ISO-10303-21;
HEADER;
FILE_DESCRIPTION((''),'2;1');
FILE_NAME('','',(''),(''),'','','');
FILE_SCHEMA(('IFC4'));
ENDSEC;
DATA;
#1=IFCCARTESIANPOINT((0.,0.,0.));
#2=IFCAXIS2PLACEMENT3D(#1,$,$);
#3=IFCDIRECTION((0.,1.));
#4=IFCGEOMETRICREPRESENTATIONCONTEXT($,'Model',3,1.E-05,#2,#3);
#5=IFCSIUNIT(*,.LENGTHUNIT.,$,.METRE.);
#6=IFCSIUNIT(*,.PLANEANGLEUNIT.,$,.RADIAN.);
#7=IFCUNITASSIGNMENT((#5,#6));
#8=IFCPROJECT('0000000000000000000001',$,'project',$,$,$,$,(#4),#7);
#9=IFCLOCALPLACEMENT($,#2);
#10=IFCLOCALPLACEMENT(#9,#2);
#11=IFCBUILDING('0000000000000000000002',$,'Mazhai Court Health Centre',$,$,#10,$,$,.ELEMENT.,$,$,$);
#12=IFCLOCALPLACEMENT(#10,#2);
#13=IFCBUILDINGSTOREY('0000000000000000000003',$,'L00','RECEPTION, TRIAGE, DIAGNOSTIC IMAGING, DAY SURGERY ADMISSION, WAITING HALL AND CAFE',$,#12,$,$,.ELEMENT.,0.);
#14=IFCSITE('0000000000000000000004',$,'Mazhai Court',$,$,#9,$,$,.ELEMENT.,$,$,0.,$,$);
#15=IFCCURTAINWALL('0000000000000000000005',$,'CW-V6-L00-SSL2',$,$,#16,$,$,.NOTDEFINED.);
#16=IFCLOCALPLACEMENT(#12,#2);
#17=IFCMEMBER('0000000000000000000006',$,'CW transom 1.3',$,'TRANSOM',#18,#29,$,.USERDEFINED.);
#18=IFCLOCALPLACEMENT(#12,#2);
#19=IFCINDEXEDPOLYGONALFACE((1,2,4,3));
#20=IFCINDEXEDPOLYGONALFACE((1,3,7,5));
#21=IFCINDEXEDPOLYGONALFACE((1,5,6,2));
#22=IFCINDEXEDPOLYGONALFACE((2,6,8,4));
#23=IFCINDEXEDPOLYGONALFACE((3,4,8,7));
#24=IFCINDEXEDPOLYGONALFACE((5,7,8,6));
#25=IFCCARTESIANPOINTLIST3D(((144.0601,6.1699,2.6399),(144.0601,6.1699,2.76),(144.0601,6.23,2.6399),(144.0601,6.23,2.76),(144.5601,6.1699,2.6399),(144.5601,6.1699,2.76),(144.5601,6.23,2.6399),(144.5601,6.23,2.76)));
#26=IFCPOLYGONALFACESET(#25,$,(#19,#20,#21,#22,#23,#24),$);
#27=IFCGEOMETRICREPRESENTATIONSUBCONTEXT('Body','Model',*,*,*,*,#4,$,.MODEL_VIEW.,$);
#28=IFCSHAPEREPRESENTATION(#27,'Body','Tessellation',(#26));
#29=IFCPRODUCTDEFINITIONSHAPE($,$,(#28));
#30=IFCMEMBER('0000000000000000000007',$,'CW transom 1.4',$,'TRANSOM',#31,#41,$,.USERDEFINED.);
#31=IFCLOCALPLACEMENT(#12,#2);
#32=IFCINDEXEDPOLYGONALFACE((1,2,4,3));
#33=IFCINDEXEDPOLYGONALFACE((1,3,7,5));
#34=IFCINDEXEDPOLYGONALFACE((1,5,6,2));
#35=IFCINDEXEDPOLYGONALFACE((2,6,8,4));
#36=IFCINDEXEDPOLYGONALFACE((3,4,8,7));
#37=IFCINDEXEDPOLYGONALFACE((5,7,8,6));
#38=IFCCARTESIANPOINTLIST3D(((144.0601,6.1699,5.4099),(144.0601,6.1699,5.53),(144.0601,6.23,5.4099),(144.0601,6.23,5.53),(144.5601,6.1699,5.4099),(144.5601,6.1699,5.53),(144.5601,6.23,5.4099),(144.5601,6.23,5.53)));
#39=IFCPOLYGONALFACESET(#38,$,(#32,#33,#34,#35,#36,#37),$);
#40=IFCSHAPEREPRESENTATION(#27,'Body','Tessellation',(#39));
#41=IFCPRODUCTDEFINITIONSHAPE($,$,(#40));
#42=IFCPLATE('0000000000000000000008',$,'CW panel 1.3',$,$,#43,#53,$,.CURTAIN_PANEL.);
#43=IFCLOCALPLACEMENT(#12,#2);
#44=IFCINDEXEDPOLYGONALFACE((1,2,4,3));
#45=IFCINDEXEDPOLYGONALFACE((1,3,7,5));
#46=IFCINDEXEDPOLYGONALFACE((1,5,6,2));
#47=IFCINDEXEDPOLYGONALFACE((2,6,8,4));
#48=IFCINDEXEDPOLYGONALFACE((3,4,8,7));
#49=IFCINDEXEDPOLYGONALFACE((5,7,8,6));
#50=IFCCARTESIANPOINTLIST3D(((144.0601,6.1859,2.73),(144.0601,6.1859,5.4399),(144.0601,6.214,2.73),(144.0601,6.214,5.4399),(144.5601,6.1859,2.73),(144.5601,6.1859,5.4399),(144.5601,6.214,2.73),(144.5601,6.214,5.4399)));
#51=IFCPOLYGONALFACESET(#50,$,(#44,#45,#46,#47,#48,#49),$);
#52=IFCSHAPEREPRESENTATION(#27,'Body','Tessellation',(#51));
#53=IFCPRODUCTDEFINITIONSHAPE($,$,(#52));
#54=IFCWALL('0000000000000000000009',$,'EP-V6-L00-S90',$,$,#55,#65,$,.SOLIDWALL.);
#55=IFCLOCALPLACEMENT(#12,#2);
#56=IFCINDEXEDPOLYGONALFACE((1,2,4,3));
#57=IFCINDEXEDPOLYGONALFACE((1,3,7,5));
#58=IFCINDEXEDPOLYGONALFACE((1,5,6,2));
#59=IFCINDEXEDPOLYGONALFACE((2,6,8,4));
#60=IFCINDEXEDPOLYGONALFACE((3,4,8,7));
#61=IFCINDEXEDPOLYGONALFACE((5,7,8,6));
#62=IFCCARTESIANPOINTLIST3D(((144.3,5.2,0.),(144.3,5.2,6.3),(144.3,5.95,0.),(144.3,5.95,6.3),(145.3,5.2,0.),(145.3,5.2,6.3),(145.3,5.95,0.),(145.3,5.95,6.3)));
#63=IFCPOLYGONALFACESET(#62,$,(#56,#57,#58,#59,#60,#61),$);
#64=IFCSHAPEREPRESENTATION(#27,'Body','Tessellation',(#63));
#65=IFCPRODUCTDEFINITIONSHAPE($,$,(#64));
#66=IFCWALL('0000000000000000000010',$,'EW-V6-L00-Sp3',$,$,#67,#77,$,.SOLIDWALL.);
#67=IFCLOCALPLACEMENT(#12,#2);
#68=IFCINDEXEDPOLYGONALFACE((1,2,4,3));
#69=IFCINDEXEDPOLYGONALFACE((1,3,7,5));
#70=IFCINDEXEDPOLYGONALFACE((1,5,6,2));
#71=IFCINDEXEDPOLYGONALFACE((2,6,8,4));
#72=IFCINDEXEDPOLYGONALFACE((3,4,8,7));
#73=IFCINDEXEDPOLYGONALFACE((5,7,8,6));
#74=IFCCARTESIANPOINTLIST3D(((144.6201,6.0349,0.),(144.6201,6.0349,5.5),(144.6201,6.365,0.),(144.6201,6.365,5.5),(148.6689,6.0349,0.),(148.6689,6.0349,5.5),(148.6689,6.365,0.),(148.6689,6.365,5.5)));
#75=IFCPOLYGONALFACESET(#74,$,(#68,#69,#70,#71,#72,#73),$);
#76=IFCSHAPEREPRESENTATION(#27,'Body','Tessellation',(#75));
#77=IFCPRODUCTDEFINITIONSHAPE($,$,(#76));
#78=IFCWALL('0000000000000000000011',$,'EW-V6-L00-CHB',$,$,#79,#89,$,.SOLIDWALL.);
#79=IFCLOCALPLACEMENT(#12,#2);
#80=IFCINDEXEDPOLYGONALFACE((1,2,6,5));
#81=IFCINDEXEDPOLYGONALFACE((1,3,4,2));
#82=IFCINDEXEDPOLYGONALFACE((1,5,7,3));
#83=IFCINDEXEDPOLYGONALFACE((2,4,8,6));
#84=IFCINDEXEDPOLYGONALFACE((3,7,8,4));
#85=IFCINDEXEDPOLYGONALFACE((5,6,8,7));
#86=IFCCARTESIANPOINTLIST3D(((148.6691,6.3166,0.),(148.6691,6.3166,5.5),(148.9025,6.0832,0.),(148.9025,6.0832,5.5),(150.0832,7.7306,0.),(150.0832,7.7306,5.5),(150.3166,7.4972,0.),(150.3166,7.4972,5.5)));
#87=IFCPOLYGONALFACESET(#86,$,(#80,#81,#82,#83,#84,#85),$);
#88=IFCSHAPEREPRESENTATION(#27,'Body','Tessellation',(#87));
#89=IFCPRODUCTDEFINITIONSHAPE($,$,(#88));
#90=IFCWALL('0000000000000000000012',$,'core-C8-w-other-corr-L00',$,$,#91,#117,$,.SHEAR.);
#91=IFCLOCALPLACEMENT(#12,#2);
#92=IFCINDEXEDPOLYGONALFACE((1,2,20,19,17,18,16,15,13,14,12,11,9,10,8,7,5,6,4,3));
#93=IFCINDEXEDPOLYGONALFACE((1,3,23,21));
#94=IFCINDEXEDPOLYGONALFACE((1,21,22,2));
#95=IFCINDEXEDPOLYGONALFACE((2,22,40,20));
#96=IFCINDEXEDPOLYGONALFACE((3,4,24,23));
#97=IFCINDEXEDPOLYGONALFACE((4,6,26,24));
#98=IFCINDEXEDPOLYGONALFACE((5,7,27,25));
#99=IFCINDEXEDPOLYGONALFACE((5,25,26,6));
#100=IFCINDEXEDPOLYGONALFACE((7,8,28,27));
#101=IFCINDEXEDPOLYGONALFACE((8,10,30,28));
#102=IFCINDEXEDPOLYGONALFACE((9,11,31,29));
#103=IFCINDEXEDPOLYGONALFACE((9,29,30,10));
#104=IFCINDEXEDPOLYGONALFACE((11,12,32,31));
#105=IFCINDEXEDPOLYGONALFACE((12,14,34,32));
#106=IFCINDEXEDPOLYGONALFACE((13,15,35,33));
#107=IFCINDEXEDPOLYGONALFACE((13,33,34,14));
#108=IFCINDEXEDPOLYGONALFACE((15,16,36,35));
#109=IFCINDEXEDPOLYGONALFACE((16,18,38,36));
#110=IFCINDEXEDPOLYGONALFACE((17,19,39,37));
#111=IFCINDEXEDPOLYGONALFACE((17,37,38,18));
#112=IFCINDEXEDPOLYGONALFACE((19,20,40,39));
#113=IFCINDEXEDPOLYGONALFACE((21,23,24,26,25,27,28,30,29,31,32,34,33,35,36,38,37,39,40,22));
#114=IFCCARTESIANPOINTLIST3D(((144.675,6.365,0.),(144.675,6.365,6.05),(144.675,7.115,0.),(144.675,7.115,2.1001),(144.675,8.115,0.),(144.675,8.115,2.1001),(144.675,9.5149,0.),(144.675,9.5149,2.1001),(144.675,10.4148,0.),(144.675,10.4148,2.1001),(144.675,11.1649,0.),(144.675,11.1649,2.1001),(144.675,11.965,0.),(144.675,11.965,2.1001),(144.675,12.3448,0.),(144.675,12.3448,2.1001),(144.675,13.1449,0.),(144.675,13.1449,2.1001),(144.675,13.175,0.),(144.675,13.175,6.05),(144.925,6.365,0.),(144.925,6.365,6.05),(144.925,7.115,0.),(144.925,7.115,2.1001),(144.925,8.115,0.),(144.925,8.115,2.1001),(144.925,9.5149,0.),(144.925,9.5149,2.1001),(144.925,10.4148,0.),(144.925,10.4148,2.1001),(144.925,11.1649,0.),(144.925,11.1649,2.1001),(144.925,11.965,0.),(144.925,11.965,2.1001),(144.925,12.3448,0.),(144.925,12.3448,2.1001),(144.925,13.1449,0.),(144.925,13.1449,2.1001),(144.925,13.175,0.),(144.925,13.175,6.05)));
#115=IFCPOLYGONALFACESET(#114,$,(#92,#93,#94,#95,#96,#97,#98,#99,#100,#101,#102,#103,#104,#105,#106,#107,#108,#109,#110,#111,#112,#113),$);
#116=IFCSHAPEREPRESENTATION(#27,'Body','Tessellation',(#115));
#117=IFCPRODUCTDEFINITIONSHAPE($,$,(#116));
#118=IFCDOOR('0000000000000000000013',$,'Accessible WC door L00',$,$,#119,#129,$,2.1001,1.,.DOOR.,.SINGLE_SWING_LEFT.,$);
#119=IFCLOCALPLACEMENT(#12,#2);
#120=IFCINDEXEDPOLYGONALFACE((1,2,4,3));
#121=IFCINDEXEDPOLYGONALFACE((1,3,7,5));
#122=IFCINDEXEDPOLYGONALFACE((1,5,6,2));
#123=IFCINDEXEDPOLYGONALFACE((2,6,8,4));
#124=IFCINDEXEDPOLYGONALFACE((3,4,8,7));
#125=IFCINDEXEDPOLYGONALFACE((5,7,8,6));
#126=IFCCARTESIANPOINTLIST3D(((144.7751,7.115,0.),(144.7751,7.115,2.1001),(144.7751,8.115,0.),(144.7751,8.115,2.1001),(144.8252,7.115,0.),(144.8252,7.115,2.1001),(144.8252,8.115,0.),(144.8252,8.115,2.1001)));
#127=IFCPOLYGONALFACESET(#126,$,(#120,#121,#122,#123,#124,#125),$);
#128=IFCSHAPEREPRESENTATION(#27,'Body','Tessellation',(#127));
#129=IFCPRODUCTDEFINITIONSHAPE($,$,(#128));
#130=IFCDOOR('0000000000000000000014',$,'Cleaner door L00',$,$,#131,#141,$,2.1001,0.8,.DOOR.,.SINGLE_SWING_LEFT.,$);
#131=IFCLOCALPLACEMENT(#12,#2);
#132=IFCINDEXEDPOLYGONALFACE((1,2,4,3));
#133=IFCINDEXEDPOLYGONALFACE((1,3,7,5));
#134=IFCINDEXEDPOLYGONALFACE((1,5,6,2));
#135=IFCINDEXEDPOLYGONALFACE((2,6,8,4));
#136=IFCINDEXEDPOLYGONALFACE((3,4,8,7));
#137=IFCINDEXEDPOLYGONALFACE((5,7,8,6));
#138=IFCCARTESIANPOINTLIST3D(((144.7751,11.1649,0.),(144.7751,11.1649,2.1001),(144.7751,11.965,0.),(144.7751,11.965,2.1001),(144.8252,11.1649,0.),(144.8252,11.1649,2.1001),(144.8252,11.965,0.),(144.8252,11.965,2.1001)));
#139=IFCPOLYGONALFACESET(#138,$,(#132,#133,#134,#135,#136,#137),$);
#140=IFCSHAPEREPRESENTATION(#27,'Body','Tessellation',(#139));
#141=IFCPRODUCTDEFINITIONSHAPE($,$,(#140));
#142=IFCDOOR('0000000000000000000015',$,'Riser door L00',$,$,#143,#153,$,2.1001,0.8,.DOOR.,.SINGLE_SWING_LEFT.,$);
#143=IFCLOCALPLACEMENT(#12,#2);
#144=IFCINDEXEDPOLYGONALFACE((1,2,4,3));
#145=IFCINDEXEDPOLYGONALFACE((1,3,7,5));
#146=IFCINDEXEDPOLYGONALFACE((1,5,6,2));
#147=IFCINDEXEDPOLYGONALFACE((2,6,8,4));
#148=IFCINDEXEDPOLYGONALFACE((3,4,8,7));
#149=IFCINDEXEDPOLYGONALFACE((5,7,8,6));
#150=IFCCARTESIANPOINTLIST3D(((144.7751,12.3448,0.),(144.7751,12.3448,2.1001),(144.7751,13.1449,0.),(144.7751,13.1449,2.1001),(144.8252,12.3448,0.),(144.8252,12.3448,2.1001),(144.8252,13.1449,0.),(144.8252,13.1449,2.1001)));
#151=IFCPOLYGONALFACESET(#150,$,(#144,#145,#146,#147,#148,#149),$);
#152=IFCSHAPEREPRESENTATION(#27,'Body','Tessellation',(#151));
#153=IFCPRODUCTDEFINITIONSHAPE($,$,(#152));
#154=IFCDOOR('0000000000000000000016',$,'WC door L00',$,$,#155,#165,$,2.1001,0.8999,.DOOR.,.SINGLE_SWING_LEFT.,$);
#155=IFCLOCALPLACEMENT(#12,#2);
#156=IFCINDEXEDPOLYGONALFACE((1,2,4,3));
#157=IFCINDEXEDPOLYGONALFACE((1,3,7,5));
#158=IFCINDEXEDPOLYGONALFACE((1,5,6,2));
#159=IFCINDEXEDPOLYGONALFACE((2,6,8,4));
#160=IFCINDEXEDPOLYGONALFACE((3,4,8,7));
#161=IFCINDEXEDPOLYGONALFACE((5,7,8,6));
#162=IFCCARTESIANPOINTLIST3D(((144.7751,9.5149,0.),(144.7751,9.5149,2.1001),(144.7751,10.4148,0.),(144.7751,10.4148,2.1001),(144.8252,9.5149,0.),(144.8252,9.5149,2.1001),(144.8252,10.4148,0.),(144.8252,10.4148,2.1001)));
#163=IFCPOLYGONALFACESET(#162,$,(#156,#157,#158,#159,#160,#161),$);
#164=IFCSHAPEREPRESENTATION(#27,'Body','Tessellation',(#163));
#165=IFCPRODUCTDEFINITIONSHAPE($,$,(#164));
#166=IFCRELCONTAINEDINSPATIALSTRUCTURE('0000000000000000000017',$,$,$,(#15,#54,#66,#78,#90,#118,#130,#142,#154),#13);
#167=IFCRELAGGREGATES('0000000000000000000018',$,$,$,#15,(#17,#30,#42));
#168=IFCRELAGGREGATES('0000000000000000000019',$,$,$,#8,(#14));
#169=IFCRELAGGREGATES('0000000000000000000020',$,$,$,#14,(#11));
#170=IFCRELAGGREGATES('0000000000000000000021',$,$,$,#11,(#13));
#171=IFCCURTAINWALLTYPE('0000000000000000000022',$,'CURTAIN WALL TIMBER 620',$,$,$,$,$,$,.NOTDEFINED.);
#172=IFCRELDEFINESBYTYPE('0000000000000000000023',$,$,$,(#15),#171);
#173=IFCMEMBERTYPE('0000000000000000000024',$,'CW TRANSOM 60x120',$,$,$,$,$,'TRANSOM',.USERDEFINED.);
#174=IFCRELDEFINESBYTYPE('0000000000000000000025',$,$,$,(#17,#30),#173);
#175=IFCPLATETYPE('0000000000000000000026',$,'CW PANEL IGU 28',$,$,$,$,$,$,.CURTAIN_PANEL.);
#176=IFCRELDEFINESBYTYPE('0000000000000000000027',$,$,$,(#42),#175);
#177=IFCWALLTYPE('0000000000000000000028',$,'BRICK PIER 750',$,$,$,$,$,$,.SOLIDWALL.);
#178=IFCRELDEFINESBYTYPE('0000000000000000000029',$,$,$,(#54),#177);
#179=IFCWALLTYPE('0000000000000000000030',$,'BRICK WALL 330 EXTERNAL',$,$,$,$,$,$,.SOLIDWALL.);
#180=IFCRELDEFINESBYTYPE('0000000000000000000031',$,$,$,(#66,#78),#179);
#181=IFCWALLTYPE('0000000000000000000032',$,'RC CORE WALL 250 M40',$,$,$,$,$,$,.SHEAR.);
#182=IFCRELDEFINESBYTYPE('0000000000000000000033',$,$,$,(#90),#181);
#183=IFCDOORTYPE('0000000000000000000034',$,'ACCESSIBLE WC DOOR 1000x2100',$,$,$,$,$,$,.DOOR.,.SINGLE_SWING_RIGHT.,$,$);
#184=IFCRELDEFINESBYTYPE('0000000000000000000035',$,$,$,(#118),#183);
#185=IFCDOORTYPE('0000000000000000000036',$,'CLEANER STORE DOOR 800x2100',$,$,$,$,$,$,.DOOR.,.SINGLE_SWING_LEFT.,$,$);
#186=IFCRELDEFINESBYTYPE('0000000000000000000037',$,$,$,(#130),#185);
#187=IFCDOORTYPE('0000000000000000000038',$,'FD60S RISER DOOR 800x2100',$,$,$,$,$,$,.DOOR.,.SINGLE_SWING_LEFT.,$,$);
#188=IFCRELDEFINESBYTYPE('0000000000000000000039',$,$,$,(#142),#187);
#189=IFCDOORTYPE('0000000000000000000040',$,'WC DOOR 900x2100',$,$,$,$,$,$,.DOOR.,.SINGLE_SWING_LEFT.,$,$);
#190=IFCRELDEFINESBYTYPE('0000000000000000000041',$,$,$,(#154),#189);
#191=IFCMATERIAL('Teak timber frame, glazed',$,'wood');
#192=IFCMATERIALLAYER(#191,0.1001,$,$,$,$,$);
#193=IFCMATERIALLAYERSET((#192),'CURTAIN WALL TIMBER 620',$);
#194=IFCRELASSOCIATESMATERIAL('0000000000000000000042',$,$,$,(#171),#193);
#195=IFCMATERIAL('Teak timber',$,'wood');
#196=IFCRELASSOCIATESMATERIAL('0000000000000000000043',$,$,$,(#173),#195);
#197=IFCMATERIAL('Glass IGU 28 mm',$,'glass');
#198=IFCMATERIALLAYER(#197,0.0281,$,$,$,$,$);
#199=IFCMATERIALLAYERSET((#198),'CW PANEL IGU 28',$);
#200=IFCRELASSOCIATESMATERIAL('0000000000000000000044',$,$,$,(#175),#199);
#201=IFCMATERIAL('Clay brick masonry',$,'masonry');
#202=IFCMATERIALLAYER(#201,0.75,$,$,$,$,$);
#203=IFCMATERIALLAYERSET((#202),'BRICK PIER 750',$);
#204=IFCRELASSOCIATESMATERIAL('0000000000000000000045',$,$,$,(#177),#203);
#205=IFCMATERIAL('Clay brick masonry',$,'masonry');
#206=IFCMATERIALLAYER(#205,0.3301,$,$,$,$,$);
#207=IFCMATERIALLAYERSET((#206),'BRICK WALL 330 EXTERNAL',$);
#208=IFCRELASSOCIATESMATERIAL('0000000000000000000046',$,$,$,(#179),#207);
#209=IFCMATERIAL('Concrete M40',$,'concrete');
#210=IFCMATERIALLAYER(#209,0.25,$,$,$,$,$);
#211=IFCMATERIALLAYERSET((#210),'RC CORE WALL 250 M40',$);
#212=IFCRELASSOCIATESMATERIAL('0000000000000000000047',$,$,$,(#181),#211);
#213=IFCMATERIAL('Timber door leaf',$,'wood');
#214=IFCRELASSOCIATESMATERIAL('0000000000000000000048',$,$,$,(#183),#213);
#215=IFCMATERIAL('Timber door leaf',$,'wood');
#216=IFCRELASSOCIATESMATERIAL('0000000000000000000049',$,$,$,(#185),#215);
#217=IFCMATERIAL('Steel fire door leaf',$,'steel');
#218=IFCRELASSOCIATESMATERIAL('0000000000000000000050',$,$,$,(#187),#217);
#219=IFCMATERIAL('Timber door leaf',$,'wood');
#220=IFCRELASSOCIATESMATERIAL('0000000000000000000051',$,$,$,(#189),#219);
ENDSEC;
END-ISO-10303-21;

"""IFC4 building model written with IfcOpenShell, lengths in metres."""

from ifc_helpers import new_model, si_unit, direction, frame, frame_2d, origin, origin_2d, place, context, subcontext, project, spatial, rectangle, extrude, material, layer, layer_set, material_profile, profile_set, type_object, element, fill, aggregate, save


model = new_model("IFC4")

# Units and contexts
model_context = context("Model", 3, precision=1e-05, world=origin(), true_north=direction((0.0, 1.0)))
body_context = subcontext(model_context, "Body", "Model", "MODEL_VIEW")
ifc_project = project(units=[si_unit("LENGTHUNIT", "METRE"), si_unit("PLANEANGLEUNIT", "RADIAN")], contexts=[model_context])

# Site, building, storey
site_placement = place(None, origin())
site = spatial("IfcSite", under=ifc_project, at=site_placement, Name="Mazhai Court", CompositionType="ELEMENT", RefElevation=0.0)
building_placement = place(site_placement, origin())
building = spatial("IfcBuilding", under=site, at=building_placement, Name="Mazhai Court Health Centre", CompositionType="ELEMENT")
storey_placement = place(building_placement, origin())
storey = spatial("IfcBuildingStorey", under=building, at=storey_placement, Name="L00", Description="RECEPTION, TRIAGE, DIAGNOSTIC IMAGING, DAY SURGERY ADMISSION, WAITING HALL AND CAFE", CompositionType="ELEMENT", Elevation=0.0)

# Curtain wall, members, plate
ifc_material_1 = material(Name="Teak timber frame, glazed", Category="wood")
ifc_layer_1 = layer(ifc_material_1, 0.1001)
ifc_layer_set_1 = layer_set([ifc_layer_1], Name="CURTAIN WALL TIMBER 620")
curtain_wall_type = type_object("IfcCurtainWallType", Name="CURTAIN WALL TIMBER 620", PredefinedType="NOTDEFINED", material=ifc_layer_set_1)
curtain_wall_placement = place(storey_placement, origin())
curtain_wall = element("IfcCurtainWall", 1, at=curtain_wall_placement, inside=storey, type_object=curtain_wall_type, Name="CW-V6-L00-SSL2", PredefinedType="NOTDEFINED")
ifc_material_2 = material(Name="Teak timber", Category="wood")
ifc_material_profile_1 = material_profile(ifc_material_2, rectangle(XDim=0.0601, YDim=0.1201, at=origin_2d()), Name="CW TRANSOM 60x120")
ifc_profile_set_1 = profile_set([ifc_material_profile_1], Name="Teak timber")
member_type_1 = type_object("IfcMemberType", Name="CW TRANSOM 60x120", ElementType="TRANSOM", PredefinedType="USERDEFINED", material=ifc_profile_set_1)
member_1_placement = place(storey_placement, frame((144.5601, 6.2, 2.7), z_axis=(-1.0, 0.0, 0.0), x_axis=(0.0, -1.0, 0.0)))
member_1 = element("IfcMember", 2, at=member_1_placement, type_object=member_type_1, Name="CW transom 1.3", ObjectType="TRANSOM", PredefinedType="USERDEFINED", context=body_context, shape_type="SweptSolid", body=[
    extrude(rectangle(XDim=0.0601, YDim=0.1201, at=origin_2d()), origin(), (0.0, 0.0, 1.0), 0.5),
])
member_2_placement = place(storey_placement, frame((144.5601, 6.2, 5.47), z_axis=(-1.0, 0.0, 0.0), x_axis=(0.0, -1.0, 0.0)))
member_2 = element("IfcMember", 3, at=member_2_placement, type_object=member_type_1, Name="CW transom 1.4", ObjectType="TRANSOM", PredefinedType="USERDEFINED", context=body_context, shape_type="SweptSolid", body=[
    extrude(rectangle(XDim=0.0601, YDim=0.1201, at=origin_2d()), origin(), (0.0, 0.0, 1.0), 0.5),
])
ifc_material_3 = material(Name="Glass IGU 28 mm", Category="glass")
ifc_layer_2 = layer(ifc_material_3, 0.0281)
ifc_layer_set_2 = layer_set([ifc_layer_2], Name="CW PANEL IGU 28")
plate_type = type_object("IfcPlateType", Name="CW PANEL IGU 28", PredefinedType="CURTAIN_PANEL", material=ifc_layer_set_2)
plate_placement = place(storey_placement, frame((144.3101, 6.2, 2.73), z_axis=(0.0, 0.0, 1.0), x_axis=(-1.0, 0.0, 0.0)))
plate = element("IfcPlate", 4, at=plate_placement, type_object=plate_type, Name="CW panel 1.3", PredefinedType="CURTAIN_PANEL", context=body_context, shape_type="SweptSolid", body=[
    extrude(rectangle(XDim=0.5, YDim=0.0281, at=origin_2d()), origin(), (0.0, 0.0, 1.0), 2.71),
])
aggregate(curtain_wall, [member_1, member_2, plate])

# Walls
ifc_material_4 = material(Name="Clay brick masonry", Category="masonry")
ifc_layer_3 = layer(ifc_material_4, 0.75)
ifc_layer_set_3 = layer_set([ifc_layer_3], Name="BRICK PIER 750")
wall_type_1 = type_object("IfcWallType", Name="BRICK PIER 750", PredefinedType="SOLIDWALL", material=ifc_layer_set_3)
wall_1_placement = place(storey_placement, frame((145.3, 5.575, 0.0), z_axis=(0.0, 0.0, 1.0), x_axis=(-1.0, 0.0, 0.0)))
element("IfcWall", 5, at=wall_1_placement, inside=storey, type_object=wall_type_1, Name="EP-V6-L00-S90", PredefinedType="SOLIDWALL", context=body_context, shape_type="SweptSolid", body=[
    extrude(rectangle(XDim=1.0, YDim=0.75, at=frame_2d((0.5, 0.0))), origin(), (0.0, 0.0, 1.0), 6.3),
])
ifc_material_5 = material(Name="Clay brick masonry", Category="masonry")
ifc_layer_4 = layer(ifc_material_5, 0.3301)
ifc_layer_set_4 = layer_set([ifc_layer_4], Name="BRICK WALL 330 EXTERNAL")
wall_type_2 = type_object("IfcWallType", Name="BRICK WALL 330 EXTERNAL", PredefinedType="SOLIDWALL", material=ifc_layer_set_4)
wall_2_placement = place(storey_placement, frame((148.6689, 6.2, 0.0), z_axis=(0.0, 0.0, 1.0), x_axis=(-1.0, 0.0, 0.0)))
element("IfcWall", 6, at=wall_2_placement, inside=storey, type_object=wall_type_2, Name="EW-V6-L00-Sp3", PredefinedType="SOLIDWALL", context=body_context, shape_type="SweptSolid", body=[
    extrude(rectangle(XDim=4.0488, YDim=0.3301, at=frame_2d((2.0244, 0.0))), origin(), (0.0, 0.0, 1.0), 5.5),
])
wall_3_placement = place(storey_placement, frame((150.2, 7.614, 0.0), z_axis=(0.0, 0.0, 1.0), x_axis=(-0.707107, -0.707107, 0.0)))
element("IfcWall", 7, at=wall_3_placement, inside=storey, type_object=wall_type_2, Name="EW-V6-L00-CHB", PredefinedType="SOLIDWALL", context=body_context, shape_type="SweptSolid", body=[
    extrude(rectangle(XDim=1.9998, YDim=0.3301, at=frame_2d((1.0, 0.0))), origin(), (0.0, 0.0, 1.0), 5.5),
])

# Wall, openings, doors
ifc_material_6 = material(Name="Concrete M40", Category="concrete")
ifc_layer_5 = layer(ifc_material_6, 0.25)
ifc_layer_set_5 = layer_set([ifc_layer_5], Name="RC CORE WALL 250 M40")
wall_type_3 = type_object("IfcWallType", Name="RC CORE WALL 250 M40", PredefinedType="SHEAR", material=ifc_layer_set_5)
wall_4_placement = place(storey_placement, frame((144.8, 6.365, 0.0), z_axis=(0.0, 0.0, 1.0), x_axis=(0.0, 1.0, 0.0)))
wall_4 = element("IfcWall", 8, at=wall_4_placement, inside=storey, type_object=wall_type_3, Name="core-C8-w-other-corr-L00", PredefinedType="SHEAR", context=body_context, shape_type="SweptSolid", body=[
    extrude(rectangle(XDim=6.8101, YDim=0.25, at=frame_2d((3.405, 0.0))), origin(), (0.0, 0.0, 1.0), 6.05),
])
opening_1_placement = place(wall_4_placement, frame((0.75, 0.0, 0.0)))
opening_1 = element("IfcOpeningElement", 9, at=opening_1_placement, cuts=wall_4, PredefinedType="OPENING", context=body_context, shape_type="SweptSolid", body=[
    extrude(rectangle(XDim=1.0, YDim=2.1001, at=frame_2d((0.5, 1.05))), frame((0.0, 0.135, 0.0), z_axis=(0.0, -1.0, 0.0), x_axis=(1.0, 0.0, 0.0)), (0.0, 0.0, 1.0), 0.27),
])
opening_2_placement = place(wall_4_placement, frame((3.1499, 0.0, 0.0)))
opening_2 = element("IfcOpeningElement", 10, at=opening_2_placement, cuts=wall_4, PredefinedType="OPENING", context=body_context, shape_type="SweptSolid", body=[
    extrude(rectangle(XDim=0.8999, YDim=2.1001, at=frame_2d((0.45, 1.05))), frame((0.0, 0.135, 0.0), z_axis=(0.0, -1.0, 0.0), x_axis=(1.0, 0.0, 0.0)), (0.0, 0.0, 1.0), 0.27),
])
opening_3_placement = place(wall_4_placement, frame((4.8, 0.0, 0.0)))
opening_3 = element("IfcOpeningElement", 11, at=opening_3_placement, cuts=wall_4, PredefinedType="OPENING", context=body_context, shape_type="SweptSolid", body=[
    extrude(rectangle(XDim=0.8, YDim=2.1001, at=frame_2d((0.3999, 1.05))), frame((0.0, 0.135, 0.0), z_axis=(0.0, -1.0, 0.0), x_axis=(1.0, 0.0, 0.0)), (0.0, 0.0, 1.0), 0.27),
])
opening_4_placement = place(wall_4_placement, frame((5.98, 0.0, 0.0)))
opening_4 = element("IfcOpeningElement", 12, at=opening_4_placement, cuts=wall_4, PredefinedType="OPENING", context=body_context, shape_type="SweptSolid", body=[
    extrude(rectangle(XDim=0.8, YDim=2.1001, at=frame_2d((0.3999, 1.05))), frame((0.0, 0.135, 0.0), z_axis=(0.0, -1.0, 0.0), x_axis=(1.0, 0.0, 0.0)), (0.0, 0.0, 1.0), 0.27),
])
ifc_material_7 = material(Name="Timber door leaf", Category="wood")
door_type_1 = type_object("IfcDoorType", Name="ACCESSIBLE WC DOOR 1000x2100", OperationType="SINGLE_SWING_RIGHT", PredefinedType="DOOR", material=ifc_material_7)
door_1_placement = place(opening_1_placement, origin())
door_1 = element("IfcDoor", 13, at=door_1_placement, inside=storey, type_object=door_type_1, Name="Accessible WC door L00", OperationType="SINGLE_SWING_LEFT", OverallHeight=2.1001, OverallWidth=1.0, PredefinedType="DOOR", context=body_context, shape_type="SweptSolid", body=[
    extrude(rectangle(XDim=1.0, YDim=2.1001, at=frame_2d((0.5, 1.05))), frame((0.0, 0.0249, 0.0), z_axis=(0.0, -1.0, 0.0), x_axis=(1.0, 0.0, 0.0)), (0.0, 0.0, 1.0), 0.05),
])
fill(opening_1, door_1)
ifc_material_8 = material(Name="Timber door leaf", Category="wood")
door_type_2 = type_object("IfcDoorType", Name="CLEANER STORE DOOR 800x2100", OperationType="SINGLE_SWING_LEFT", PredefinedType="DOOR", material=ifc_material_8)
door_2_placement = place(opening_3_placement, origin())
door_2 = element("IfcDoor", 14, at=door_2_placement, inside=storey, type_object=door_type_2, Name="Cleaner door L00", OperationType="SINGLE_SWING_LEFT", OverallHeight=2.1001, OverallWidth=0.8, PredefinedType="DOOR", context=body_context, shape_type="SweptSolid", body=[
    extrude(rectangle(XDim=0.8, YDim=2.1001, at=frame_2d((0.3999, 1.05))), frame((0.0, 0.0249, 0.0), z_axis=(0.0, -1.0, 0.0), x_axis=(1.0, 0.0, 0.0)), (0.0, 0.0, 1.0), 0.05),
])
fill(opening_3, door_2)
ifc_material_9 = material(Name="Steel fire door leaf", Category="steel")
door_type_3 = type_object("IfcDoorType", Name="FD60S RISER DOOR 800x2100", OperationType="SINGLE_SWING_LEFT", PredefinedType="DOOR", material=ifc_material_9)
door_3_placement = place(opening_4_placement, origin())
door_3 = element("IfcDoor", 15, at=door_3_placement, inside=storey, type_object=door_type_3, Name="Riser door L00", OperationType="SINGLE_SWING_LEFT", OverallHeight=2.1001, OverallWidth=0.8, PredefinedType="DOOR", context=body_context, shape_type="SweptSolid", body=[
    extrude(rectangle(XDim=0.8, YDim=2.1001, at=frame_2d((0.3999, 1.05))), frame((0.0, 0.0249, 0.0), z_axis=(0.0, -1.0, 0.0), x_axis=(1.0, 0.0, 0.0)), (0.0, 0.0, 1.0), 0.05),
])
fill(opening_4, door_3)
ifc_material_10 = material(Name="Timber door leaf", Category="wood")
door_type_4 = type_object("IfcDoorType", Name="WC DOOR 900x2100", OperationType="SINGLE_SWING_LEFT", PredefinedType="DOOR", material=ifc_material_10)
door_4_placement = place(opening_2_placement, origin())
door_4 = element("IfcDoor", 16, at=door_4_placement, inside=storey, type_object=door_type_4, Name="WC door L00", OperationType="SINGLE_SWING_LEFT", OverallHeight=2.1001, OverallWidth=0.8999, PredefinedType="DOOR", context=body_context, shape_type="SweptSolid", body=[
    extrude(rectangle(XDim=0.8999, YDim=2.1001, at=frame_2d((0.45, 1.05))), frame((0.0, 0.0249, 0.0), z_axis=(0.0, -1.0, 0.0), x_axis=(1.0, 0.0, 0.0)), (0.0, 0.0, 1.0), 0.05),
])
fill(opening_2, door_4)

save(model, "model.ifc")
